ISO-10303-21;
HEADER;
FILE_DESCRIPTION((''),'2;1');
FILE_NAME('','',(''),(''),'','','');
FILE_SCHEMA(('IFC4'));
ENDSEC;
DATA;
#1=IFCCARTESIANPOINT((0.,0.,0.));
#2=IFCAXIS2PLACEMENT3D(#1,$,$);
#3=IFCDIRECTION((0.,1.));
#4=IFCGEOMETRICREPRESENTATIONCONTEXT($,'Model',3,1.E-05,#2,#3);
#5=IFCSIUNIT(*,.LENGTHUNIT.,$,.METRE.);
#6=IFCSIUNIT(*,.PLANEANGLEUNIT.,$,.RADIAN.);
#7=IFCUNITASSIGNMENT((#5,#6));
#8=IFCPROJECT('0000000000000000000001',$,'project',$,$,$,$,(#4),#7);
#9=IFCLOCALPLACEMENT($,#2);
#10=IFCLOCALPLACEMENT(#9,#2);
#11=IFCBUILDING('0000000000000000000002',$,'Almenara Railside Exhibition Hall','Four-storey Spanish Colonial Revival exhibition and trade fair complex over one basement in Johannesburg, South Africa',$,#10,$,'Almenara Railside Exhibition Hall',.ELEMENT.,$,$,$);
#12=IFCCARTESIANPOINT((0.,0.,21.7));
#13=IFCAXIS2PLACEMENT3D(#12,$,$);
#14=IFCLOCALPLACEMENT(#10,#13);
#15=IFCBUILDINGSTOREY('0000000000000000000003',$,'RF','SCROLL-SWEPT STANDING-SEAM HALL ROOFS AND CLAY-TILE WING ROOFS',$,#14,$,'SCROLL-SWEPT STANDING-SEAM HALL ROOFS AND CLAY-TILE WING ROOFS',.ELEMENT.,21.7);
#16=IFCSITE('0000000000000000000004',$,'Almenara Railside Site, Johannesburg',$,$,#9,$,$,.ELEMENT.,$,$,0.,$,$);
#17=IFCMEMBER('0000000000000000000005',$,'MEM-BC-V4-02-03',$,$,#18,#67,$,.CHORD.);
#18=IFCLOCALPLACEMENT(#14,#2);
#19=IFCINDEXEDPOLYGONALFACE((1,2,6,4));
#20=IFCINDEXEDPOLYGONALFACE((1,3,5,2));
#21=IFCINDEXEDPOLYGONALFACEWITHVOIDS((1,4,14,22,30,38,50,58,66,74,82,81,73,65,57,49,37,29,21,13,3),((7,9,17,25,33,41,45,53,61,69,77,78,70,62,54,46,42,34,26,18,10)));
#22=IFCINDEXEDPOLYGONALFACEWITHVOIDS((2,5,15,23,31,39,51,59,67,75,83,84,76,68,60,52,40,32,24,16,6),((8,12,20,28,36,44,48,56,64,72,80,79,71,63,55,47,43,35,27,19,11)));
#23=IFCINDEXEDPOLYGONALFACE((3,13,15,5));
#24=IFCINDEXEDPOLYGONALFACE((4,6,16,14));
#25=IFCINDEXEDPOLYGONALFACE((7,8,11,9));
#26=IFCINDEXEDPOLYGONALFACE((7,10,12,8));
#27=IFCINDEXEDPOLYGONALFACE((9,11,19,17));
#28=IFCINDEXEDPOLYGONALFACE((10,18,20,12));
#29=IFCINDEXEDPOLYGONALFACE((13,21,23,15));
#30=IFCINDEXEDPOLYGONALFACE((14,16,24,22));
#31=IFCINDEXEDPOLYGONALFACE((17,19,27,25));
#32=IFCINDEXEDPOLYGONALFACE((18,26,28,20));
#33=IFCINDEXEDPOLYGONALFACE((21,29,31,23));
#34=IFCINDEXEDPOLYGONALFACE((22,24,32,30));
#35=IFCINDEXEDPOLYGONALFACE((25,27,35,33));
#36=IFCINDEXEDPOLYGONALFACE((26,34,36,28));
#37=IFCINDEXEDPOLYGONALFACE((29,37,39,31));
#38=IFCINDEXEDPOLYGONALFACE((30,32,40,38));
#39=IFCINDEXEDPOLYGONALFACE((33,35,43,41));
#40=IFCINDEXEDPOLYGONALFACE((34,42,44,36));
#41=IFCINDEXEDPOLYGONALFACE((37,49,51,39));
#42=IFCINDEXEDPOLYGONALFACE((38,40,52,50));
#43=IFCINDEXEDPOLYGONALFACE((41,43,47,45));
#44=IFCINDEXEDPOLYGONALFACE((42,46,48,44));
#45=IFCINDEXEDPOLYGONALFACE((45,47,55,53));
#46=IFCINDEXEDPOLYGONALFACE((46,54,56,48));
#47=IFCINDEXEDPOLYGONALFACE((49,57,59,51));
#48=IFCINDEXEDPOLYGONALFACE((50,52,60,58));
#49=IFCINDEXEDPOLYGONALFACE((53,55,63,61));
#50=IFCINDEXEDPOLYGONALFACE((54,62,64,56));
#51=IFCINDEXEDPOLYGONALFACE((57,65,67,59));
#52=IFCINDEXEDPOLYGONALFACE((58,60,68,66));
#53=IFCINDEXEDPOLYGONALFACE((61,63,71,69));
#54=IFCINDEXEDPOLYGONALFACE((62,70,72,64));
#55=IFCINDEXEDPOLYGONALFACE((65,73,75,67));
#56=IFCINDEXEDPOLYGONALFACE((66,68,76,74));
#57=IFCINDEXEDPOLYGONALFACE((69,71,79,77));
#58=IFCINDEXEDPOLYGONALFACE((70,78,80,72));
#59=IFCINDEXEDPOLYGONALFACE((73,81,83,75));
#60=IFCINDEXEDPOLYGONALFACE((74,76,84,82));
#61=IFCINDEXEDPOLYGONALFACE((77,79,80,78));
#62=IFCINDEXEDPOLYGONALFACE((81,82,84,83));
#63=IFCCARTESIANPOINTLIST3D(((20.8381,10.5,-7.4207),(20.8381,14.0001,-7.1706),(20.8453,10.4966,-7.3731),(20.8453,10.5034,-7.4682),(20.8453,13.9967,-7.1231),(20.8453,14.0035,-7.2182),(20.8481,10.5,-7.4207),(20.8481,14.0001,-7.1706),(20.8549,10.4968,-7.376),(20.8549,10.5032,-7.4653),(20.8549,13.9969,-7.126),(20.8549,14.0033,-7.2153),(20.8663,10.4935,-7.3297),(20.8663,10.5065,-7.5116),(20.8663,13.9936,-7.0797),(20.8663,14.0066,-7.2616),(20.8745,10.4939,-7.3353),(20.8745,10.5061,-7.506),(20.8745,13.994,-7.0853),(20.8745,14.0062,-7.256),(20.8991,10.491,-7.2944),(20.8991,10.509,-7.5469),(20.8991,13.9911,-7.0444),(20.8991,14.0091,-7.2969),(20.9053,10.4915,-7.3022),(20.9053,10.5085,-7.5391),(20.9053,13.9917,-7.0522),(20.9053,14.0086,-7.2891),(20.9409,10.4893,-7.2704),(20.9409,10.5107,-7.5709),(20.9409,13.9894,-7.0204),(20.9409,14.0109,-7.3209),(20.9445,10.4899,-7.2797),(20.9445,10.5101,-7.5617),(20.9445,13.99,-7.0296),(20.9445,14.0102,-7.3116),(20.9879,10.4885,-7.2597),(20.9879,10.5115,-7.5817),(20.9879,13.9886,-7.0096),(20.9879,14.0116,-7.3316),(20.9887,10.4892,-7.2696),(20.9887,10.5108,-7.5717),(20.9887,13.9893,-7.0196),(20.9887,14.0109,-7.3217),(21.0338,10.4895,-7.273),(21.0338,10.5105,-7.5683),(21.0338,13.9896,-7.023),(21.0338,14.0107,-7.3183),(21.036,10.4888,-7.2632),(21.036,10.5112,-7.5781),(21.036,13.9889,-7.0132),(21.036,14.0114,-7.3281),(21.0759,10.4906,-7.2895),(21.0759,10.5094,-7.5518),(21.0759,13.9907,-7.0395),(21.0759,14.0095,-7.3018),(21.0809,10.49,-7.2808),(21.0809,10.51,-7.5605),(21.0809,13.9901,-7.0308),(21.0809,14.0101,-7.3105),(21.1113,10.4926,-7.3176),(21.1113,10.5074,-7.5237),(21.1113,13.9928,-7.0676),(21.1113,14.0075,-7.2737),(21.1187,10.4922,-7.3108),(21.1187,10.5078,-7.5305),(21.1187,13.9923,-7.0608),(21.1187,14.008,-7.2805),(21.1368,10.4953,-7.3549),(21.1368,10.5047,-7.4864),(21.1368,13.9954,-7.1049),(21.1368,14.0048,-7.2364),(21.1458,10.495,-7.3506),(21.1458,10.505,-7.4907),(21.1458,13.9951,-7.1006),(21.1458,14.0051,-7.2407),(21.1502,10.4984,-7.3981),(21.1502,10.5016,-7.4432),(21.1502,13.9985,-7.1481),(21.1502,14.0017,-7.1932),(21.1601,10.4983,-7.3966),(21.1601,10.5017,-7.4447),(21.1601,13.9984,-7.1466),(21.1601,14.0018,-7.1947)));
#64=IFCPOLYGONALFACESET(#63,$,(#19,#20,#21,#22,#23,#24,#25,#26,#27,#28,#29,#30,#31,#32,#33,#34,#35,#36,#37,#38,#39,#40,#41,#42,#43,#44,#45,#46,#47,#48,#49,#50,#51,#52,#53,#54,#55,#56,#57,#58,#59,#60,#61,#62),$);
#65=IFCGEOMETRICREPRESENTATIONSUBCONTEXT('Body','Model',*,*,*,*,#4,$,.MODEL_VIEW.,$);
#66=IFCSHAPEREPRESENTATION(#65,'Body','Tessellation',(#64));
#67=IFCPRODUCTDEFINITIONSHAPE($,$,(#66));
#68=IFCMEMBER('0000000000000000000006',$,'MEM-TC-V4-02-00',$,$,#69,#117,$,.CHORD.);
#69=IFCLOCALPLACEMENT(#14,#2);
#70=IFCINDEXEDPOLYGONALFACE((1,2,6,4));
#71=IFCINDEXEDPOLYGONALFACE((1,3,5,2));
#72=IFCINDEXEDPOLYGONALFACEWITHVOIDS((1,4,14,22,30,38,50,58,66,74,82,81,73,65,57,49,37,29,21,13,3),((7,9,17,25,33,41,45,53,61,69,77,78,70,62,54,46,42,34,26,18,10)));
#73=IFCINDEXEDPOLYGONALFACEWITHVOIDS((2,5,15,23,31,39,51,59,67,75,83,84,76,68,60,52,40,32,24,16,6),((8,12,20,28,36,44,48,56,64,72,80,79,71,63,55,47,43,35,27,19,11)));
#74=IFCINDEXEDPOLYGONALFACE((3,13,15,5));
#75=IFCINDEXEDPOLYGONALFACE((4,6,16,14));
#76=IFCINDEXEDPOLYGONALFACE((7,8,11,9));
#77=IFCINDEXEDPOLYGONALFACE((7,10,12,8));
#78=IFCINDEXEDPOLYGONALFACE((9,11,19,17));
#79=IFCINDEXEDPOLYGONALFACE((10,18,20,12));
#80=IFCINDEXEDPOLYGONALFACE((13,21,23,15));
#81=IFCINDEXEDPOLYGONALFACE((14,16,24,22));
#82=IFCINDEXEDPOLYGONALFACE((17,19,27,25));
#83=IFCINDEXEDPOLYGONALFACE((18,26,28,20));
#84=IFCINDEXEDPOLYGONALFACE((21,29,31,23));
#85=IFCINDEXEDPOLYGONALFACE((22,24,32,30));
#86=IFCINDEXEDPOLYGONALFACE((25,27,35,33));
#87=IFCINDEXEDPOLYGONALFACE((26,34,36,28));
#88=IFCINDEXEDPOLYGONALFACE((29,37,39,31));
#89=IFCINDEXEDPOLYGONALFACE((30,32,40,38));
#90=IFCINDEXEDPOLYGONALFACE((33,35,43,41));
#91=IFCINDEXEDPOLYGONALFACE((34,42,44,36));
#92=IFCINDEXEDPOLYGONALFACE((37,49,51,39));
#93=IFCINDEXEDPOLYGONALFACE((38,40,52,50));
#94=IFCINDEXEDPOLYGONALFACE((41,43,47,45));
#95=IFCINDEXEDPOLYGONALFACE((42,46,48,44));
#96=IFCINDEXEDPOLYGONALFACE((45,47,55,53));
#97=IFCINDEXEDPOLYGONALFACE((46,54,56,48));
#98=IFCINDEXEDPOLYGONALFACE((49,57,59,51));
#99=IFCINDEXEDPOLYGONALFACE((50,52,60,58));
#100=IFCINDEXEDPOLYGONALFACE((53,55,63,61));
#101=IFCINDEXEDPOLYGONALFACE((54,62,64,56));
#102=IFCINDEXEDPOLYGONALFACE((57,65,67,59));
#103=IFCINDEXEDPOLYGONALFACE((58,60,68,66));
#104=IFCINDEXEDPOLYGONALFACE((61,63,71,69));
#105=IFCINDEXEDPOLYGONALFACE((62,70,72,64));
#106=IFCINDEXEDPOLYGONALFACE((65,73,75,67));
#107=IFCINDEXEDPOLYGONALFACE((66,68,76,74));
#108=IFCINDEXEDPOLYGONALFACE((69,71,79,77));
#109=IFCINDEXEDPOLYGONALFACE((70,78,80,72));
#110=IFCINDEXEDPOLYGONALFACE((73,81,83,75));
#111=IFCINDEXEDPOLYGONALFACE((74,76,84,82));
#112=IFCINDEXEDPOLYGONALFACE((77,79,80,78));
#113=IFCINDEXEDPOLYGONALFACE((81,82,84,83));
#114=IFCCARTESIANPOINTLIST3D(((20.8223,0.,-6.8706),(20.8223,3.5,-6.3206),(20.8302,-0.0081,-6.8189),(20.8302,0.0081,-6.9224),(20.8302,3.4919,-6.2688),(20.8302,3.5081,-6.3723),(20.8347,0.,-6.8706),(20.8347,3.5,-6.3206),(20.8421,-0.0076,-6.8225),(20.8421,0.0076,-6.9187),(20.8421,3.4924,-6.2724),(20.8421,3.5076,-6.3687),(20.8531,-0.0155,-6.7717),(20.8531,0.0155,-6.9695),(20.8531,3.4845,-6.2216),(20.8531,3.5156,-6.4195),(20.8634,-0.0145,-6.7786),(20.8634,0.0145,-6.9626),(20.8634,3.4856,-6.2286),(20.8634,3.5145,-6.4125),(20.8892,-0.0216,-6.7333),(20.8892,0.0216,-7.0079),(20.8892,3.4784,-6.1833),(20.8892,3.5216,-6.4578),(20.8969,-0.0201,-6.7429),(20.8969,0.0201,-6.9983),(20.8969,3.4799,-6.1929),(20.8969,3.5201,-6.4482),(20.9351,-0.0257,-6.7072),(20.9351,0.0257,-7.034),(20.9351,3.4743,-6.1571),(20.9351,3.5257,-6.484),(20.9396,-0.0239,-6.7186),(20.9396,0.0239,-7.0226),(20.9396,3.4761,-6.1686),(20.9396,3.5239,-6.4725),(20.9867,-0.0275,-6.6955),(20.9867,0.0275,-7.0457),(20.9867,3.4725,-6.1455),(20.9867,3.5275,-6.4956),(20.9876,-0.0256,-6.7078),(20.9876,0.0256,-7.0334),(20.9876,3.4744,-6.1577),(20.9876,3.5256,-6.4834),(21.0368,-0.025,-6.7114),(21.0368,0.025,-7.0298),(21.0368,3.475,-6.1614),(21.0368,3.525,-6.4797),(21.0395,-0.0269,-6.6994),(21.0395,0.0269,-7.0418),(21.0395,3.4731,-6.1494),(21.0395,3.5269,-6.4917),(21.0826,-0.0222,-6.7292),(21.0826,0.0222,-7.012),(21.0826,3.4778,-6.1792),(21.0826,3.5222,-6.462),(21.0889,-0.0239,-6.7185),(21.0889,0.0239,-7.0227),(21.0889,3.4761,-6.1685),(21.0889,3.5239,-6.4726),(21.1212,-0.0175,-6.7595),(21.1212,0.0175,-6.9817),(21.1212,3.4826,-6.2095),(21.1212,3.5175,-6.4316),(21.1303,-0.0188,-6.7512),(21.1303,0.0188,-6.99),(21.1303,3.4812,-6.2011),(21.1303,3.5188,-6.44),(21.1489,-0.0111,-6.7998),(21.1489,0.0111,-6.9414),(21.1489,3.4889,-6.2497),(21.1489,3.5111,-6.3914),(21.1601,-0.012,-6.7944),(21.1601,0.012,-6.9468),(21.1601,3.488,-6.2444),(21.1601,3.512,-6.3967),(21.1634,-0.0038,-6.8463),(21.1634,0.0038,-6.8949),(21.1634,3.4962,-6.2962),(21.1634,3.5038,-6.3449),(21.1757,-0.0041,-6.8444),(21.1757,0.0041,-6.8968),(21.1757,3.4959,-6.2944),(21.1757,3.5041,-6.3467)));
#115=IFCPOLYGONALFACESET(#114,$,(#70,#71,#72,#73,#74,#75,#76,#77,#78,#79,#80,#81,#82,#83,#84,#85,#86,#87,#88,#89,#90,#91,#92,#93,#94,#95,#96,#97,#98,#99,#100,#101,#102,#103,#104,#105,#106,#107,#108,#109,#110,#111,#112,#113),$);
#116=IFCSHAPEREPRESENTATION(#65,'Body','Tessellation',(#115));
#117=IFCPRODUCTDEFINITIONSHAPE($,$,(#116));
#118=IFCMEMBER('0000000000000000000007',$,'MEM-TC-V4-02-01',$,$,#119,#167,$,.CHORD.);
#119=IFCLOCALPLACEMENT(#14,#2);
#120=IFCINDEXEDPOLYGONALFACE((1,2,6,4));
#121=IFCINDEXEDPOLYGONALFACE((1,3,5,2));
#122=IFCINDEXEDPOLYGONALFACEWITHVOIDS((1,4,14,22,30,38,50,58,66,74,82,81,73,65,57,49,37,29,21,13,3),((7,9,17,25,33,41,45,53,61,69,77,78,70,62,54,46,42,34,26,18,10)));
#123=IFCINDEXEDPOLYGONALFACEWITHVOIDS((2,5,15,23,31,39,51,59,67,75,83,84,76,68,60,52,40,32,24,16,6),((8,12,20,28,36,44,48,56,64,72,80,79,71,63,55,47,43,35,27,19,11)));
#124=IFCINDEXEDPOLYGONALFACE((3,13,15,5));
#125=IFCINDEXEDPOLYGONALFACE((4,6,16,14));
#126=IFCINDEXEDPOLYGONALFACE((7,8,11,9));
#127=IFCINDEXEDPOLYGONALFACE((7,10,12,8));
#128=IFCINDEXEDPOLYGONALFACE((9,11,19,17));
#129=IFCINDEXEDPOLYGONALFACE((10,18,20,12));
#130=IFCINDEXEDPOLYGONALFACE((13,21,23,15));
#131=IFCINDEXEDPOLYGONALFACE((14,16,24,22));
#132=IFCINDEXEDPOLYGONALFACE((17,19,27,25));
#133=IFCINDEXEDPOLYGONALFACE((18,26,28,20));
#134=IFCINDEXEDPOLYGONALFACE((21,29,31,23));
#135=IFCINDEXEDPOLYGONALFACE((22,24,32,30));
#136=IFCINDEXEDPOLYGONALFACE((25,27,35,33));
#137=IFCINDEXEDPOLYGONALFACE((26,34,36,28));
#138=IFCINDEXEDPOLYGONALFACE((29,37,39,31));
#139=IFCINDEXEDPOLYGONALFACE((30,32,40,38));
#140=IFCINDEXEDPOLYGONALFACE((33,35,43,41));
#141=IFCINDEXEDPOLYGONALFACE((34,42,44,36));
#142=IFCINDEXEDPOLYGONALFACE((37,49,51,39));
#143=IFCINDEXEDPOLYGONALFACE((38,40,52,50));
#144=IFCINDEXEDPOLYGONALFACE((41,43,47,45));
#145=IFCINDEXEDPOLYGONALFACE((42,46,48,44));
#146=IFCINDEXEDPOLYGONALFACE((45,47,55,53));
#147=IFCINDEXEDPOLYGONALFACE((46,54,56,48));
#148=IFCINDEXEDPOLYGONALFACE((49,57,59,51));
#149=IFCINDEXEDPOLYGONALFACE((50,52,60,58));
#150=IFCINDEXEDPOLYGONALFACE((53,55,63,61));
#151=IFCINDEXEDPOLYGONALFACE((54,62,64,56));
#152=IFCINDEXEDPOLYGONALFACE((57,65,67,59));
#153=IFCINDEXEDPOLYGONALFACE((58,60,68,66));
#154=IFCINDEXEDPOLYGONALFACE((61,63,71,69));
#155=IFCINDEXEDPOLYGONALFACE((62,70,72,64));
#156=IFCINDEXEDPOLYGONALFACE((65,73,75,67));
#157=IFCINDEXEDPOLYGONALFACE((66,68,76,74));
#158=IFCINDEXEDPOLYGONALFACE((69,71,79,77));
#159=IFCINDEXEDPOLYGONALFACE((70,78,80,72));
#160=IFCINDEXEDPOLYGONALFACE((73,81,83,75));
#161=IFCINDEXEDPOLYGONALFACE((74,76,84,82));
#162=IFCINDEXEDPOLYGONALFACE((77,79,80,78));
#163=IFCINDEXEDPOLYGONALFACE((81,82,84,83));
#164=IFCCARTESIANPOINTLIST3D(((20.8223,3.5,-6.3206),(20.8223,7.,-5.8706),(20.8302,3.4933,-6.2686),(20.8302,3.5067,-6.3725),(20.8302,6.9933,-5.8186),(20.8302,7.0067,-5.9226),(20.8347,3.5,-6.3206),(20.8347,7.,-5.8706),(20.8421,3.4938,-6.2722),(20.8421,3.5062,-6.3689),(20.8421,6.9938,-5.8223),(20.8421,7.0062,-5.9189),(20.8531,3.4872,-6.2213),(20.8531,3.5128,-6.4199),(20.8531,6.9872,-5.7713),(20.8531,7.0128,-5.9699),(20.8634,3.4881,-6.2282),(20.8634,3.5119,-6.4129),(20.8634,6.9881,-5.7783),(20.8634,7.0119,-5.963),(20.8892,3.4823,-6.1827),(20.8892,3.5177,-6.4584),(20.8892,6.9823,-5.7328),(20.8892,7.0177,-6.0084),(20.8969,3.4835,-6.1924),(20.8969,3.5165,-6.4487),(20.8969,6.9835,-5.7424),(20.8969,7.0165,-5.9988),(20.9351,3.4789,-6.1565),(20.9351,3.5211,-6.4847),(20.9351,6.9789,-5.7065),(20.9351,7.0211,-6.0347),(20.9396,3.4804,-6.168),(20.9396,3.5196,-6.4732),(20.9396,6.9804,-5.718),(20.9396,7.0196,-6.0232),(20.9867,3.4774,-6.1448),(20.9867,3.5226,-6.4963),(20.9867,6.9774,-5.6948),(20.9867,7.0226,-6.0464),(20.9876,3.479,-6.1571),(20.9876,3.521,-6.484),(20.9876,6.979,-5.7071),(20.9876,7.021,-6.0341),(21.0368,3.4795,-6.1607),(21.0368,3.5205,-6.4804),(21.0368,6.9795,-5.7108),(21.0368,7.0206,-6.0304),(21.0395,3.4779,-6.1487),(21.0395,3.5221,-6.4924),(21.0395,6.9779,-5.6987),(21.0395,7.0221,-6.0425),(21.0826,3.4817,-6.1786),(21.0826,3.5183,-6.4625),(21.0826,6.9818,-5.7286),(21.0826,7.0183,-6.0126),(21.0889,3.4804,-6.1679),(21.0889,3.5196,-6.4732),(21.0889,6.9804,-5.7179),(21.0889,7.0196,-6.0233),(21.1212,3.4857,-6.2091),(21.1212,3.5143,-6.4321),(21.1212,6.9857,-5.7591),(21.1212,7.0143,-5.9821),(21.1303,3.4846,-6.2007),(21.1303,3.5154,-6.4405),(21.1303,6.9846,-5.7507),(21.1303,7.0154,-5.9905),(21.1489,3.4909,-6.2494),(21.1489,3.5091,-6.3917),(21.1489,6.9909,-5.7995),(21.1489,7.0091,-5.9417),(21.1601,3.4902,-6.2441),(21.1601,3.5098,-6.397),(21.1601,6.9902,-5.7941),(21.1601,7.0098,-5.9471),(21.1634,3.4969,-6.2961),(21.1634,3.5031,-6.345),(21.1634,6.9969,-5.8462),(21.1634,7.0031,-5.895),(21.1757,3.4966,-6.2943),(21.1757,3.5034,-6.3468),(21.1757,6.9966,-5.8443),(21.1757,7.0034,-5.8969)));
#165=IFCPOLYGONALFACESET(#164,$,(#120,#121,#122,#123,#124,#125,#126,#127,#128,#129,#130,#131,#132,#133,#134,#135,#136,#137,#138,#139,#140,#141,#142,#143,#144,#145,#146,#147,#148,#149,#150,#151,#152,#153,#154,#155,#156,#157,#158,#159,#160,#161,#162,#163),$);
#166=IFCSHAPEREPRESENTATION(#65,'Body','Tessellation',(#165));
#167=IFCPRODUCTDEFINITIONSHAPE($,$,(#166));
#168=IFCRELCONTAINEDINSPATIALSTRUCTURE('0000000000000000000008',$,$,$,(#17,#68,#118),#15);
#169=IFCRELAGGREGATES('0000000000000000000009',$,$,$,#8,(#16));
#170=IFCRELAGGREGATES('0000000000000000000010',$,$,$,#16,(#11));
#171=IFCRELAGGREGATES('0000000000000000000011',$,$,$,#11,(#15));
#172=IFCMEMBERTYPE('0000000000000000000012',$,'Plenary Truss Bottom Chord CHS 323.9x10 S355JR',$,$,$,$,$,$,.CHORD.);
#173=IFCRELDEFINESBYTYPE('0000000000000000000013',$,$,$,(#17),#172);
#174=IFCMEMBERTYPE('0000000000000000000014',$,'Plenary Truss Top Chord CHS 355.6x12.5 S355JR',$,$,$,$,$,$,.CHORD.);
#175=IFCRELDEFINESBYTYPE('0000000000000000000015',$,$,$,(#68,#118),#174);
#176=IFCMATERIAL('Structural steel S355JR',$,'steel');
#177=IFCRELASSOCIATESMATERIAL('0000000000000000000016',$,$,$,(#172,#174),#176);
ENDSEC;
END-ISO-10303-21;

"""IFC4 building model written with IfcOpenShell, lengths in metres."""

from ifc_helpers import new_model, si_unit, direction, frame, origin, origin_2d, place, context, subcontext, project, spatial, hollow_circle, extrude, material, material_profile, profile_set, type_object, element, save


model = new_model("IFC4")

# Units and contexts
model_context = context("Model", 3, precision=1e-05, world=origin(), true_north=direction((0.0, 1.0)))
body_context = subcontext(model_context, "Body", "Model", "MODEL_VIEW")
ifc_project = project(units=[si_unit("LENGTHUNIT", "METRE"), si_unit("PLANEANGLEUNIT", "RADIAN")], contexts=[model_context])

# Site, building, storey
site_placement = place(None, origin())
site = spatial("IfcSite", under=ifc_project, at=site_placement, Name="Almenara Railside Site, Johannesburg", CompositionType="ELEMENT", RefElevation=0.0)
building_placement = place(site_placement, origin())
building = spatial("IfcBuilding", under=site, at=building_placement, Name="Almenara Railside Exhibition Hall", Description="Four-storey Spanish Colonial Revival exhibition and trade fair complex over one basement in Johannesburg, South Africa", LongName="Almenara Railside Exhibition Hall", CompositionType="ELEMENT")
storey_placement = place(building_placement, frame((0.0, 0.0, 21.7)))
storey = spatial("IfcBuildingStorey", under=building, at=storey_placement, Name="RF", Description="SCROLL-SWEPT STANDING-SEAM HALL ROOFS AND CLAY-TILE WING ROOFS", LongName="SCROLL-SWEPT STANDING-SEAM HALL ROOFS AND CLAY-TILE WING ROOFS", CompositionType="ELEMENT", Elevation=21.7)

# Members
ifc_material_1 = material(Name="Structural steel S355JR", Category="steel")
ifc_material_profile_1 = material_profile(ifc_material_1, hollow_circle(Radius=0.1619, WallThickness=0.01, at=origin_2d()), Name="CHS 323.9x10")
ifc_profile_set_1 = profile_set([ifc_material_profile_1], Name="Structural steel S355JR")
member_type_1 = type_object("IfcMemberType", Name="Plenary Truss Bottom Chord CHS 323.9x10 S355JR", PredefinedType="CHORD", material=ifc_profile_set_1)
member_1_placement = place(storey_placement, frame((21.0, 10.5, -7.4207), z_axis=(0.0, 0.997459, 0.071247), x_axis=(-1.0, 0.0, 0.0)))
element("IfcMember", 1, at=member_1_placement, inside=storey, type_object=member_type_1, Name="MEM-BC-V4-02-03", PredefinedType="CHORD", context=body_context, shape_type="SweptSolid", body=[
    extrude(hollow_circle(Radius=0.1619, WallThickness=0.01, at=origin_2d()), origin(), (0.0, 0.0, 1.0), 3.509),
])
ifc_material_profile_2 = material_profile(ifc_material_1, hollow_circle(Radius=0.1777, WallThickness=0.0125, at=origin_2d()), Name="CHS 355.6x12.5")
ifc_profile_set_2 = profile_set([ifc_material_profile_2], Name="Structural steel S355JR")
member_type_2 = type_object("IfcMemberType", Name="Plenary Truss Top Chord CHS 355.6x12.5 S355JR", PredefinedType="CHORD", material=ifc_profile_set_2)
member_2_placement = place(storey_placement, frame((21.0, 0.0, -6.8706), z_axis=(0.0, 0.987875, 0.155251), x_axis=(-1.0, 0.0, 0.0)))
element("IfcMember", 2, at=member_2_placement, inside=storey, type_object=member_type_2, Name="MEM-TC-V4-02-00", PredefinedType="CHORD", context=body_context, shape_type="SweptSolid", body=[
    extrude(hollow_circle(Radius=0.1777, WallThickness=0.0125, at=origin_2d()), origin(), (0.0, 0.0, 1.0), 3.543),
])
member_3_placement = place(storey_placement, frame((21.0, 3.5, -6.3206), z_axis=(0.0, 0.991838, 0.127508), x_axis=(-1.0, 0.0, 0.0)))
element("IfcMember", 3, at=member_3_placement, inside=storey, type_object=member_type_2, Name="MEM-TC-V4-02-01", PredefinedType="CHORD", context=body_context, shape_type="SweptSolid", body=[
    extrude(hollow_circle(Radius=0.1777, WallThickness=0.0125, at=origin_2d()), origin(), (0.0, 0.0, 1.0), 3.5288),
])

save(model, "model.ifc")
